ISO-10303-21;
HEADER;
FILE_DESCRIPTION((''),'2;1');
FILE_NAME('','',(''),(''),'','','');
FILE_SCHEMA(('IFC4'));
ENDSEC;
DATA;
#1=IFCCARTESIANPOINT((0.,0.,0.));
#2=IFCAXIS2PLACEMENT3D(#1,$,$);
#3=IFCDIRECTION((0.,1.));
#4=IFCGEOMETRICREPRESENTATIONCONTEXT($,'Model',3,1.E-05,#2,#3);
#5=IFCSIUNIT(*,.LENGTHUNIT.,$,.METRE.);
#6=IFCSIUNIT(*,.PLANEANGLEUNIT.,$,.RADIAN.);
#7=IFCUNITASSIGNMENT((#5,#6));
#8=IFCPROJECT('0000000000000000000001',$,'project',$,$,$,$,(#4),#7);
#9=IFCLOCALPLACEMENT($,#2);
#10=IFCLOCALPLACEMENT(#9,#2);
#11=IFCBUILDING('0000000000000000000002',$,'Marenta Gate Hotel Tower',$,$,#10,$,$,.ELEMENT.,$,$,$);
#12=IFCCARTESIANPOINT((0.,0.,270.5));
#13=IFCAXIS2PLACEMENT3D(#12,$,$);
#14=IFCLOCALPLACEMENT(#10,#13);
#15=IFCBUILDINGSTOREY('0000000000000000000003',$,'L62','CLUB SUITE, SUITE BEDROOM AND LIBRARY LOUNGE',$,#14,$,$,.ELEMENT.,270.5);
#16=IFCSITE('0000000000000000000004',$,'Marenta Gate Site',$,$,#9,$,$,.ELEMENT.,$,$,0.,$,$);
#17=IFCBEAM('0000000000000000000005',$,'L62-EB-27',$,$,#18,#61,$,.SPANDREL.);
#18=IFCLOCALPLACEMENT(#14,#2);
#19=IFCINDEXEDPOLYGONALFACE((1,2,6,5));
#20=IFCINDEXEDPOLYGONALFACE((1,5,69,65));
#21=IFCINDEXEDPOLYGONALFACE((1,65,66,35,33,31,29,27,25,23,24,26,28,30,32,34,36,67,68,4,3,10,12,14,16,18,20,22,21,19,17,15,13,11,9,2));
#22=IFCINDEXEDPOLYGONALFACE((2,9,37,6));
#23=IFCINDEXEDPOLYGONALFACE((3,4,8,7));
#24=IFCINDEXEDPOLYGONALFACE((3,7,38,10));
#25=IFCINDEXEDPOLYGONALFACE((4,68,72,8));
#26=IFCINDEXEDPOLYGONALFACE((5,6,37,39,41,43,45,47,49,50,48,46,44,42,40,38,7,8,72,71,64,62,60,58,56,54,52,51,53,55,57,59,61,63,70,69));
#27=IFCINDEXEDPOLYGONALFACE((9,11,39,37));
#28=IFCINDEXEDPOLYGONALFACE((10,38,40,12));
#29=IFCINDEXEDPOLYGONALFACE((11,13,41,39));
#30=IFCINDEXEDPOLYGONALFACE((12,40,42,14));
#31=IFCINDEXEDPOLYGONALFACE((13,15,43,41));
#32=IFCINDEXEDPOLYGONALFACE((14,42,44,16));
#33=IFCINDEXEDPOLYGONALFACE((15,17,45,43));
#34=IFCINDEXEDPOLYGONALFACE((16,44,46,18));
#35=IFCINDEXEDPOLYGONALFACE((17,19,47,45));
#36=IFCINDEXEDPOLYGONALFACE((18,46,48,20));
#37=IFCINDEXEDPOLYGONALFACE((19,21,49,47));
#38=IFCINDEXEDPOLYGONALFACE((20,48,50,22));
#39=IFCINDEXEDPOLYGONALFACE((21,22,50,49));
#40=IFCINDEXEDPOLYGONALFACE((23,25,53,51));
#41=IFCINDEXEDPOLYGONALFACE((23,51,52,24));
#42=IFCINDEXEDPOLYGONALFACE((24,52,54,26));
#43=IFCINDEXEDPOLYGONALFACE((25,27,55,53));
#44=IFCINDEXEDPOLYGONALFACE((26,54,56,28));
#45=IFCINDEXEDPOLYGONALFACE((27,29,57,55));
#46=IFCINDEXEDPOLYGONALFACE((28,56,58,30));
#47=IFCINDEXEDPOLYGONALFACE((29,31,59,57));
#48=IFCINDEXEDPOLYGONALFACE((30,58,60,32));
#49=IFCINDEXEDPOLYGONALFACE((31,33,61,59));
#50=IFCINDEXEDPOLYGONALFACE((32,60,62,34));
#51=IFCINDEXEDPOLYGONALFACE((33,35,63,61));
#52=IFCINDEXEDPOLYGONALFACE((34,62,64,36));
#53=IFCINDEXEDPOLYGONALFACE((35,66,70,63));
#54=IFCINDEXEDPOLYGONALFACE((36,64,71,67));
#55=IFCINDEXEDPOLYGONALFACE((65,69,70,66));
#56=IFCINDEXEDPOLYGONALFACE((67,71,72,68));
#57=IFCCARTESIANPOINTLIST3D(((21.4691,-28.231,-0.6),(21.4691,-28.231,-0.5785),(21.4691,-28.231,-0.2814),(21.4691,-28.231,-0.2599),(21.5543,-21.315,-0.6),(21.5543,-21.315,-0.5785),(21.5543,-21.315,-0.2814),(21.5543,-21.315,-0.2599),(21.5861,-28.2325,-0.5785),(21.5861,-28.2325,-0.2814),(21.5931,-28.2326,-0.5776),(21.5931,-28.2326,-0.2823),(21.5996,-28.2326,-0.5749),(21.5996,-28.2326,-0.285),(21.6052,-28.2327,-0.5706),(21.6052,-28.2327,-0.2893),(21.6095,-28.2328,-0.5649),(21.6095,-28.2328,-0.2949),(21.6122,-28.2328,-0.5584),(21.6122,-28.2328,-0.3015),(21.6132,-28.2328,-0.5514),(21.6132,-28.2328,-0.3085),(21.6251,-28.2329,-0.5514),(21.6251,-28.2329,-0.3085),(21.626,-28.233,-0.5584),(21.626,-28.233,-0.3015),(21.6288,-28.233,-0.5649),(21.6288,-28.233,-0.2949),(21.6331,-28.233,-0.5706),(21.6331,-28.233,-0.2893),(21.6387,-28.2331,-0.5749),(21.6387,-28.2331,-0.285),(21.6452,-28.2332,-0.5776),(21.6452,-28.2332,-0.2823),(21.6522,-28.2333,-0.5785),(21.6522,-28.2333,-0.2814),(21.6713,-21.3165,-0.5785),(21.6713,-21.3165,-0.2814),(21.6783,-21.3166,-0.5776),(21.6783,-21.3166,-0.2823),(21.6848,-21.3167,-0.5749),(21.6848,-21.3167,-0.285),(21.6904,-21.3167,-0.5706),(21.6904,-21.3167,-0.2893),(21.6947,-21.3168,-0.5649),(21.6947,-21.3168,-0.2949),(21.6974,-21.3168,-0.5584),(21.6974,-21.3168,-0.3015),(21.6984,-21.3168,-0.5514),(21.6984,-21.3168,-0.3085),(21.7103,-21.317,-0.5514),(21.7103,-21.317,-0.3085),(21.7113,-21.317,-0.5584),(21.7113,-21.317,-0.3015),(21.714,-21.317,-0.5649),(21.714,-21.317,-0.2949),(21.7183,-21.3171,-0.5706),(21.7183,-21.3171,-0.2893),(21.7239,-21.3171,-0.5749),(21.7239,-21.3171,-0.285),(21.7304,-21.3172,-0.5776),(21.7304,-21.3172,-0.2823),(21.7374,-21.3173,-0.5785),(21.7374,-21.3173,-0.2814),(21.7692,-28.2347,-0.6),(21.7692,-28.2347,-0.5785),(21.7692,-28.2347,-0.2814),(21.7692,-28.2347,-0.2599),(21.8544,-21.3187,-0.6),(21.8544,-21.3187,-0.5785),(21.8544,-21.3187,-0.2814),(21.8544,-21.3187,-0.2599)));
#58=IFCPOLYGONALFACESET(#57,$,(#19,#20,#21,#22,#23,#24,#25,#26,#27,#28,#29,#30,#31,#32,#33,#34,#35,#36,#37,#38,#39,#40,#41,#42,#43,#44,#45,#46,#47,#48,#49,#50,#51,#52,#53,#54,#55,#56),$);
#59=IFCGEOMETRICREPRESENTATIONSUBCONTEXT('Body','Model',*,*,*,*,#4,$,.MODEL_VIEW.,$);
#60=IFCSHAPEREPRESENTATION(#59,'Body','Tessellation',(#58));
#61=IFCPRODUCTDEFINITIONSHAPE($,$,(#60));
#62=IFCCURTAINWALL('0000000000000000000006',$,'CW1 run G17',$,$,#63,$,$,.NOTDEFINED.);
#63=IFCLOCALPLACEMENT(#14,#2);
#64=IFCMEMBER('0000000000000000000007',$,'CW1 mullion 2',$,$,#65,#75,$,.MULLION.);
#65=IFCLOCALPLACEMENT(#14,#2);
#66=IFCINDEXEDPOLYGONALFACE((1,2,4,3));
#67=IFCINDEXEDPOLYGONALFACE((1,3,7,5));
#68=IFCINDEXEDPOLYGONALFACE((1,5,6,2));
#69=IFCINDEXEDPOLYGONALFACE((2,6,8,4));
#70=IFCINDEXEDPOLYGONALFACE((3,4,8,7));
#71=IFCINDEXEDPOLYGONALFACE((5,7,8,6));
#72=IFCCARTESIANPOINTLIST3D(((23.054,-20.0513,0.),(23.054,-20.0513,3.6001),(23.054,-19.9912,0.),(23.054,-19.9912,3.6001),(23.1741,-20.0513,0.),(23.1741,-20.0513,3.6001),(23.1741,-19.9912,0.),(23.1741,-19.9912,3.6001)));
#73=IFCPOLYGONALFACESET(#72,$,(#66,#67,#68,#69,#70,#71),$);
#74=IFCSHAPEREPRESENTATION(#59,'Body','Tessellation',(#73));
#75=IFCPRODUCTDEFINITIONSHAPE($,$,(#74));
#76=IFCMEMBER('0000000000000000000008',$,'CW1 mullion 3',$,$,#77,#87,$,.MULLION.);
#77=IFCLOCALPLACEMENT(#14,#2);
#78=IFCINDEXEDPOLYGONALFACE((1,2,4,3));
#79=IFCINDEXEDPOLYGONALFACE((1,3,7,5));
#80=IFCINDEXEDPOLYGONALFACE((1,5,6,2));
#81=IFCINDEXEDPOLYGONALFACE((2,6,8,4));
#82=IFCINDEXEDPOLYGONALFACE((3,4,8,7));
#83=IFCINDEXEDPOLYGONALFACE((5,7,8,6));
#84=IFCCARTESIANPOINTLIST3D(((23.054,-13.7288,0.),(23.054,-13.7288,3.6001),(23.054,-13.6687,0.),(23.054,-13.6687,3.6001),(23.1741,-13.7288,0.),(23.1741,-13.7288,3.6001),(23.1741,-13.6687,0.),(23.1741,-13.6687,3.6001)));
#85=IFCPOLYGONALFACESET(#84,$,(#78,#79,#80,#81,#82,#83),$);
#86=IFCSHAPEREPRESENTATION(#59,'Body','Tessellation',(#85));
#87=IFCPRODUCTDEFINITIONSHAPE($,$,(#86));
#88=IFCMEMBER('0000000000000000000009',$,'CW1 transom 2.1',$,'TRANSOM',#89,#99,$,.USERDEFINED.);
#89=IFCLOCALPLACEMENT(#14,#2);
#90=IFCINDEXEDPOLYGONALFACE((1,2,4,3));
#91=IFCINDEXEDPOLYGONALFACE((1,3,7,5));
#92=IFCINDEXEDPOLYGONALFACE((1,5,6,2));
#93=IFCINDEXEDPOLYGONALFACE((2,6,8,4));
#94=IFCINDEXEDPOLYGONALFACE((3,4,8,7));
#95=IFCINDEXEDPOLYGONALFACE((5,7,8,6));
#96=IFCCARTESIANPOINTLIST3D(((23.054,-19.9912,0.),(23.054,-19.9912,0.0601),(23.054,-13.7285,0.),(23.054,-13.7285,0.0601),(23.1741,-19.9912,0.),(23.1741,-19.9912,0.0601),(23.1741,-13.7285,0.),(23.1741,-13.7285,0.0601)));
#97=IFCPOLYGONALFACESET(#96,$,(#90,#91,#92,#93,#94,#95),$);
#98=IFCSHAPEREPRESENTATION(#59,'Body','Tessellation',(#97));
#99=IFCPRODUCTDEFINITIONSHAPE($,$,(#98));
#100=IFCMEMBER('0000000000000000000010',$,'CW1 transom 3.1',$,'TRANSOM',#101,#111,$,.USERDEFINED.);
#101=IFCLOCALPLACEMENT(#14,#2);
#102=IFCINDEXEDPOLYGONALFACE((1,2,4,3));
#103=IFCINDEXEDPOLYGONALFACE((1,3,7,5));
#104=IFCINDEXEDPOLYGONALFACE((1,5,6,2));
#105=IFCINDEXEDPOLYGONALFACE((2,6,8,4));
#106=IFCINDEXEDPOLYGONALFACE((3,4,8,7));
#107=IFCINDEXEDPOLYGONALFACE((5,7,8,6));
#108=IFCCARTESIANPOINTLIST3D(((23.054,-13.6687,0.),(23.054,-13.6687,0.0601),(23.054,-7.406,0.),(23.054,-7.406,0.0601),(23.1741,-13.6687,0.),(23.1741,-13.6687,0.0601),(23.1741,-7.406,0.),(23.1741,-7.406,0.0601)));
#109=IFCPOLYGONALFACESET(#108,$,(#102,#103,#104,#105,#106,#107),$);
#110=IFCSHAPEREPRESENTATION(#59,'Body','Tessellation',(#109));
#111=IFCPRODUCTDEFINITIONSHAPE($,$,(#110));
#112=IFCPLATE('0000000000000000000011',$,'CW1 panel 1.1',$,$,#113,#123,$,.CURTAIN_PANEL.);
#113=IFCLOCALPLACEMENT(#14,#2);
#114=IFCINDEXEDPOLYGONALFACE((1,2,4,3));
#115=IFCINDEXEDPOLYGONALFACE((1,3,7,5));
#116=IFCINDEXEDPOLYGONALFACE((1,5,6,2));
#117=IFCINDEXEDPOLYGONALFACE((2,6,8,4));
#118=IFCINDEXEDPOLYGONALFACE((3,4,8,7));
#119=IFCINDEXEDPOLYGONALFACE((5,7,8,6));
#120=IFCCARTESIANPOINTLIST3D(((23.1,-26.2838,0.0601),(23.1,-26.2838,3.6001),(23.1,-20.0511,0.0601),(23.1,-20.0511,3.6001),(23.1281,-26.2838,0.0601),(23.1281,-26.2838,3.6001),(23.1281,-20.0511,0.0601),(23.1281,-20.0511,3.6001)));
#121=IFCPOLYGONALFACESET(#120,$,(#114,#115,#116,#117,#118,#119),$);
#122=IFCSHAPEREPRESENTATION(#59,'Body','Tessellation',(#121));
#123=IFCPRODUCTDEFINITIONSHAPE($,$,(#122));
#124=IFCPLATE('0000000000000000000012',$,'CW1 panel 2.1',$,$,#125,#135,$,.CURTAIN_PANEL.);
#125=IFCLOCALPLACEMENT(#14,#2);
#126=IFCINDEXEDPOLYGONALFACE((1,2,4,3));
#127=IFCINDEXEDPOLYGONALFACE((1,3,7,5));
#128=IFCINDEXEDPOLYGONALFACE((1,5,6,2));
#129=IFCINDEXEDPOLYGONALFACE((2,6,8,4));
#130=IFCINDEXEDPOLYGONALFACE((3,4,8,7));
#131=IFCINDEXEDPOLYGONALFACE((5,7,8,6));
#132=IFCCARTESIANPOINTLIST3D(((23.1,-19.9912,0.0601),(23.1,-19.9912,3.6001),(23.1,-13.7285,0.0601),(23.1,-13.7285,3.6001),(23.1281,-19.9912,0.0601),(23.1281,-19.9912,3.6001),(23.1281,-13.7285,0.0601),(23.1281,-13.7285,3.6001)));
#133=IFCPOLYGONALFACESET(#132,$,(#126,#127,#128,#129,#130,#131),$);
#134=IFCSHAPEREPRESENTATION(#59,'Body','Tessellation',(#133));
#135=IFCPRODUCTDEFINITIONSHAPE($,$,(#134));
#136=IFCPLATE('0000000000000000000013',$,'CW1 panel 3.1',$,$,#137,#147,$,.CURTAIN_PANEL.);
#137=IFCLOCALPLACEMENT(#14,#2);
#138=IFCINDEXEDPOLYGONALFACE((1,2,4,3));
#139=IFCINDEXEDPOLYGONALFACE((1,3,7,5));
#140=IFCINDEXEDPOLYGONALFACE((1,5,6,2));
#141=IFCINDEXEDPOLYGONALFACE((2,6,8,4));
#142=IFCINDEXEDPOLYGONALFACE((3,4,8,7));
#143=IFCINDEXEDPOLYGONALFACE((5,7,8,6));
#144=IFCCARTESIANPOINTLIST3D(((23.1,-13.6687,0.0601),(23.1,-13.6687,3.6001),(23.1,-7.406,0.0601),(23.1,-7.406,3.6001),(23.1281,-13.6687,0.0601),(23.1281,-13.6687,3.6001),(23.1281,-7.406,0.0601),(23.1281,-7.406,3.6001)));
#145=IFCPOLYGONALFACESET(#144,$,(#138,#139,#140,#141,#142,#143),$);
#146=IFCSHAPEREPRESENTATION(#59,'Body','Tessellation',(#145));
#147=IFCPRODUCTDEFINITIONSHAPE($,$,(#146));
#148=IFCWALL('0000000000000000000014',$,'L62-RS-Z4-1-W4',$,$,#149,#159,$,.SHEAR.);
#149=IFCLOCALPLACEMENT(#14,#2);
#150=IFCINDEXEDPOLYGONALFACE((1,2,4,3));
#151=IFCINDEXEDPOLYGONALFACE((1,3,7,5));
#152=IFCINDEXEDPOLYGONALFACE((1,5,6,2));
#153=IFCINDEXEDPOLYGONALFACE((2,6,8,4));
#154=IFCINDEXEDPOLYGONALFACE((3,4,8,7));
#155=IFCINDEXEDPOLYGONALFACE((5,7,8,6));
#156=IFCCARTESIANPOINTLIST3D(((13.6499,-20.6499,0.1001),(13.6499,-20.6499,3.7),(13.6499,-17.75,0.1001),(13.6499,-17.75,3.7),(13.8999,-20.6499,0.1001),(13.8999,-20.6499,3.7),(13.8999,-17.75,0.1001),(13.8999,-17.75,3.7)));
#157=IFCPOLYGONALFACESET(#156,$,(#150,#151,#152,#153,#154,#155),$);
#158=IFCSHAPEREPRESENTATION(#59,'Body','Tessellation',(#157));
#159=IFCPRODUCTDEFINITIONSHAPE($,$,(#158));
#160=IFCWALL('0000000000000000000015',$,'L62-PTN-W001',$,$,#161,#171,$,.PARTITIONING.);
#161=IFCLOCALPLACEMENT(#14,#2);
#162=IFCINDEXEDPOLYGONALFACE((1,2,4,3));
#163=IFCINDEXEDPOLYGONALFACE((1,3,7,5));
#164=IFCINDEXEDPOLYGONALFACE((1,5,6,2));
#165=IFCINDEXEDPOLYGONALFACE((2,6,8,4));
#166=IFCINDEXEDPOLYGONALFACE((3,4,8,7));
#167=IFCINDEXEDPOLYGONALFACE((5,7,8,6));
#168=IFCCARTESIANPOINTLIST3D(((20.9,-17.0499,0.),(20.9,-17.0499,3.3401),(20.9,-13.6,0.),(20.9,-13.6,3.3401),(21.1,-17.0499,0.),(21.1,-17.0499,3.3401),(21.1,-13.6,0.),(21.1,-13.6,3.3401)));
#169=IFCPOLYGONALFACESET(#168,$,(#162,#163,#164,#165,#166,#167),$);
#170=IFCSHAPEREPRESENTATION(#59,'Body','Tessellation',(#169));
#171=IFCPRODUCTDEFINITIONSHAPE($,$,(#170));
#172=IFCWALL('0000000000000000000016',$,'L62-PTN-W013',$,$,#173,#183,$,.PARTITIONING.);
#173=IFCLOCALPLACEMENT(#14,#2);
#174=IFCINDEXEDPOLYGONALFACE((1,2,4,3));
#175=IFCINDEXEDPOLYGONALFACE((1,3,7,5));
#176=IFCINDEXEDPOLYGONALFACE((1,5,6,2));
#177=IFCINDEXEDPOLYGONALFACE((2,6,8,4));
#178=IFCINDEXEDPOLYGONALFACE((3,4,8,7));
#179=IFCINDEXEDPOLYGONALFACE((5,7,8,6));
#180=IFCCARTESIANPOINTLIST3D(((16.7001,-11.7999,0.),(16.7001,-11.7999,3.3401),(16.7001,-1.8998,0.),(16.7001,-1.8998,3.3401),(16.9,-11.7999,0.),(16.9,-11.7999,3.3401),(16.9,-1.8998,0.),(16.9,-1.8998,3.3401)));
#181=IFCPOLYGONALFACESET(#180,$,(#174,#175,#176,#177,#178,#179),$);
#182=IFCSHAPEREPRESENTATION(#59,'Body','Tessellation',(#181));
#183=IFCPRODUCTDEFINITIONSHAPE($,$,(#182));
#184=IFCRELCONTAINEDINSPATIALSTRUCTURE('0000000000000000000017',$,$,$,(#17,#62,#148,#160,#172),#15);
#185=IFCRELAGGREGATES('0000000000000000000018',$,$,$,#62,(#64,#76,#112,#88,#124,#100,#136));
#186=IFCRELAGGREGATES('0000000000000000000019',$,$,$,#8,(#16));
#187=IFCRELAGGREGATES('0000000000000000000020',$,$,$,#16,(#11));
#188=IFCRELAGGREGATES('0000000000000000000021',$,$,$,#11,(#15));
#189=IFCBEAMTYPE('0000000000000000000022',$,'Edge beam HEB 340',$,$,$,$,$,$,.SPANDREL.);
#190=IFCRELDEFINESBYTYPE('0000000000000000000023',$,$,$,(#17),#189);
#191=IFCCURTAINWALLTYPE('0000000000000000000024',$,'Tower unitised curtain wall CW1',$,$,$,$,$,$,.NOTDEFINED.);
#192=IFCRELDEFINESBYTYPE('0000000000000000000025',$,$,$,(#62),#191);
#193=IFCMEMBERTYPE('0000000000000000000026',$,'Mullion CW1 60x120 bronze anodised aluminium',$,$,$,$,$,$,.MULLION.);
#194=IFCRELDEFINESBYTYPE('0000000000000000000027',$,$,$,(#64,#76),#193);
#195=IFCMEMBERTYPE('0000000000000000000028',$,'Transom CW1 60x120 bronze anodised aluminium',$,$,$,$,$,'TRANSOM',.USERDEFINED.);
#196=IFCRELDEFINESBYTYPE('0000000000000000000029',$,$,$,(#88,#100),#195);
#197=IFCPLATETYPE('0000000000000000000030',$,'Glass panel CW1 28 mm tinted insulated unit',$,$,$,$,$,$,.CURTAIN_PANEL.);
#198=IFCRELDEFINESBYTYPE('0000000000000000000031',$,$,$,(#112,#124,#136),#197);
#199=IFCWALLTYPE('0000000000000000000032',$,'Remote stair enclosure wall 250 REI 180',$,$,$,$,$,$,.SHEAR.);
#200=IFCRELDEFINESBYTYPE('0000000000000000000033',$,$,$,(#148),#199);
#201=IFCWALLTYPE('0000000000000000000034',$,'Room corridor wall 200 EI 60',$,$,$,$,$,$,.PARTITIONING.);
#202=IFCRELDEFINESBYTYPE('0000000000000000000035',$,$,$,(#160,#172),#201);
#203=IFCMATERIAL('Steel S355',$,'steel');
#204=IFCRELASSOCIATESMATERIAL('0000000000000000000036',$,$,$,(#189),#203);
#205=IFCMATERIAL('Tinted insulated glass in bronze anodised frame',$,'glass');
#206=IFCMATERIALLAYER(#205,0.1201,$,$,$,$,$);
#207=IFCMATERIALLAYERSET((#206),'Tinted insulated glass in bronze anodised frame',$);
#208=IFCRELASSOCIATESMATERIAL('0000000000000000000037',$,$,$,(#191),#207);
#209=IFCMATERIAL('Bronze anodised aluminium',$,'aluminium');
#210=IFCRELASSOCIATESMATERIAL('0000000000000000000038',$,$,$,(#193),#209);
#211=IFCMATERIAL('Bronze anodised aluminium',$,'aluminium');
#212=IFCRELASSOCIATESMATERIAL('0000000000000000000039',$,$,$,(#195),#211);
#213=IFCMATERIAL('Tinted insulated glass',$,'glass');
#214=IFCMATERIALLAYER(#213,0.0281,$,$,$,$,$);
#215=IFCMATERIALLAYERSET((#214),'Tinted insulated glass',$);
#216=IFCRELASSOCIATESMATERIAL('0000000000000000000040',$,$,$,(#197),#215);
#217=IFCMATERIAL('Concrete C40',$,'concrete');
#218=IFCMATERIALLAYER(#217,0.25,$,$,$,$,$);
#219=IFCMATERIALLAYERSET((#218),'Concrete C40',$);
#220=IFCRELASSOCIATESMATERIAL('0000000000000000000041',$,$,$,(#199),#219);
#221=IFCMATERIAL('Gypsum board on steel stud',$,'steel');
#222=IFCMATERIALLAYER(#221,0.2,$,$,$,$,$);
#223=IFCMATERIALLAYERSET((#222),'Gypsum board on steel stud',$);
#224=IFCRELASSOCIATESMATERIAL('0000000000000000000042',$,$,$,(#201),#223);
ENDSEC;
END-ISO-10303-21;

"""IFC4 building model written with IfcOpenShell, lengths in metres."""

from ifc_helpers import new_model, si_unit, direction, frame, frame_2d, origin, origin_2d, place, context, subcontext, project, spatial, rectangle, i_section, extrude, material, layer, layer_set, material_profile, profile_set, type_object, element, aggregate, save


model = new_model("IFC4")

# Units and contexts
model_context = context("Model", 3, precision=1e-05, world=origin(), true_north=direction((0.0, 1.0)))
body_context = subcontext(model_context, "Body", "Model", "MODEL_VIEW")
ifc_project = project(units=[si_unit("LENGTHUNIT", "METRE"), si_unit("PLANEANGLEUNIT", "RADIAN")], contexts=[model_context])

# Site, building, storey
site_placement = place(None, origin())
site = spatial("IfcSite", under=ifc_project, at=site_placement, Name="Marenta Gate Site", CompositionType="ELEMENT", RefElevation=0.0)
building_placement = place(site_placement, origin())
building = spatial("IfcBuilding", under=site, at=building_placement, Name="Marenta Gate Hotel Tower", CompositionType="ELEMENT")
storey_placement = place(building_placement, frame((0.0, 0.0, 270.5)))
storey = spatial("IfcBuildingStorey", under=building, at=storey_placement, Name="L62", Description="CLUB SUITE, SUITE BEDROOM AND LIBRARY LOUNGE", CompositionType="ELEMENT", Elevation=270.5)

# Beam
ifc_material_1 = material(Name="Steel S355", Category="steel")
ifc_material_profile_1 = material_profile(ifc_material_1, i_section(OverallWidth=0.3, OverallDepth=0.3401, WebThickness=0.012, FlangeThickness=0.0215, FilletRadius=0.0271, at=origin_2d()), Name="HEB 340")
ifc_profile_set_1 = profile_set([ifc_material_profile_1], Name="Steel S355")
beam_type = type_object("IfcBeamType", Name="Edge beam HEB 340", PredefinedType="SPANDREL", material=ifc_profile_set_1)
for number, where, z_axis, x_axis, name in (
    (1, (21.7043, -21.3169, -0.4299), (-0.012319, -0.999924, 0.0), (0.999924, -0.012319, 0.0), "L62-EB-27"),
):
    element("IfcBeam", number, at=place(storey_placement, frame(where, z_axis=z_axis, x_axis=x_axis)), inside=storey, type_object=beam_type, Name=name, PredefinedType="SPANDREL", context=body_context, shape_type="SweptSolid", body=[
        extrude(i_section(OverallWidth=0.3, OverallDepth=0.3401, WebThickness=0.012, FlangeThickness=0.0215, FilletRadius=0.0271, at=origin_2d()), origin(), (0.0, 0.0, 1.0), 6.9165),
    ])

# Curtain wall, members, plates
ifc_material_2 = material(Name="Tinted insulated glass in bronze anodised frame", Category="glass")
ifc_layer_1 = layer(ifc_material_2, 0.1201)
ifc_layer_set_1 = layer_set([ifc_layer_1], Name="Tinted insulated glass in bronze anodised frame")
curtain_wall_type = type_object("IfcCurtainWallType", Name="Tower unitised curtain wall CW1", PredefinedType="NOTDEFINED", material=ifc_layer_set_1)
curtain_wall_placement = place(storey_placement, origin())
curtain_wall = element("IfcCurtainWall", 2, at=curtain_wall_placement, inside=storey, type_object=curtain_wall_type, Name="CW1 run G17", PredefinedType="NOTDEFINED")
ifc_material_3 = material(Name="Bronze anodised aluminium", Category="aluminium")
ifc_material_profile_2 = material_profile(ifc_material_3, rectangle(XDim=0.1201, YDim=0.0601, at=origin_2d()), Name="Mullion CW1 60x120 bronze anodised aluminium")
ifc_profile_set_2 = profile_set([ifc_material_profile_2], Name="Bronze anodised aluminium")
member_type_1 = type_object("IfcMemberType", Name="Mullion CW1 60x120 bronze anodised aluminium", PredefinedType="MULLION", material=ifc_profile_set_2)
member_1_placement = place(storey_placement, frame((23.114, -20.0212, 0.0), z_axis=(0.0, 0.0, 1.0), x_axis=(-1.0, 0.0, 0.0)))
member_1 = element("IfcMember", 3, at=member_1_placement, type_object=member_type_1, Name="CW1 mullion 2", PredefinedType="MULLION", context=body_context, shape_type="SweptSolid", body=[
    extrude(rectangle(XDim=0.1201, YDim=0.0601, at=origin_2d()), origin(), (0.0, 0.0, 1.0), 3.6001),
])
member_2_placement = place(storey_placement, frame((23.114, -13.6987, 0.0), z_axis=(0.0, 0.0, 1.0), x_axis=(-1.0, 0.0, 0.0)))
member_2 = element("IfcMember", 4, at=member_2_placement, type_object=member_type_1, Name="CW1 mullion 3", PredefinedType="MULLION", context=body_context, shape_type="SweptSolid", body=[
    extrude(rectangle(XDim=0.1201, YDim=0.0601, at=origin_2d()), origin(), (0.0, 0.0, 1.0), 3.6001),
])
ifc_material_4 = material(Name="Bronze anodised aluminium", Category="aluminium")
ifc_material_profile_3 = material_profile(ifc_material_4, rectangle(XDim=0.1201, YDim=0.0601, at=origin_2d()), Name="Transom CW1 60x120 bronze anodised aluminium")
ifc_profile_set_3 = profile_set([ifc_material_profile_3], Name="Bronze anodised aluminium")
member_type_2 = type_object("IfcMemberType", Name="Transom CW1 60x120 bronze anodised aluminium", ElementType="TRANSOM", PredefinedType="USERDEFINED", material=ifc_profile_set_3)
member_3_placement = place(storey_placement, frame((23.114, -19.9912, 0.03), z_axis=(0.0, 1.0, 0.0), x_axis=(-1.0, 0.0, 0.0)))
member_3 = element("IfcMember", 5, at=member_3_placement, type_object=member_type_2, Name="CW1 transom 2.1", ObjectType="TRANSOM", PredefinedType="USERDEFINED", context=body_context, shape_type="SweptSolid", body=[
    extrude(rectangle(XDim=0.1201, YDim=0.0601, at=origin_2d()), origin(), (0.0, 0.0, 1.0), 6.2627),
])
member_4_placement = place(storey_placement, frame((23.114, -13.6687, 0.03), z_axis=(0.0, 1.0, 0.0), x_axis=(-1.0, 0.0, 0.0)))
member_4 = element("IfcMember", 6, at=member_4_placement, type_object=member_type_2, Name="CW1 transom 3.1", ObjectType="TRANSOM", PredefinedType="USERDEFINED", context=body_context, shape_type="SweptSolid", body=[
    extrude(rectangle(XDim=0.1201, YDim=0.0601, at=origin_2d()), origin(), (0.0, 0.0, 1.0), 6.2627),
])
ifc_material_5 = material(Name="Tinted insulated glass", Category="glass")
ifc_layer_2 = layer(ifc_material_5, 0.0281)
ifc_layer_set_2 = layer_set([ifc_layer_2], Name="Tinted insulated glass")
plate_type = type_object("IfcPlateType", Name="Glass panel CW1 28 mm tinted insulated unit", PredefinedType="CURTAIN_PANEL", material=ifc_layer_set_2)
plate_1_placement = place(storey_placement, frame((23.114, -23.1675, 0.0601), z_axis=(0.0, 0.0, 1.0), x_axis=(0.0, 1.0, 0.0)))
plate_1 = element("IfcPlate", 7, at=plate_1_placement, type_object=plate_type, Name="CW1 panel 1.1", PredefinedType="CURTAIN_PANEL", context=body_context, shape_type="SweptSolid", body=[
    extrude(rectangle(XDim=6.2327, YDim=0.0281, at=origin_2d()), origin(), (0.0, 0.0, 1.0), 3.54),
])
plate_2_placement = place(storey_placement, frame((23.114, -16.8599, 0.0601), z_axis=(0.0, 0.0, 1.0), x_axis=(0.0, 1.0, 0.0)))
plate_2 = element("IfcPlate", 8, at=plate_2_placement, type_object=plate_type, Name="CW1 panel 2.1", PredefinedType="CURTAIN_PANEL", context=body_context, shape_type="SweptSolid", body=[
    extrude(rectangle(XDim=6.2627, YDim=0.0281, at=origin_2d()), origin(), (0.0, 0.0, 1.0), 3.54),
])
plate_3_placement = place(storey_placement, frame((23.114, -10.5374, 0.0601), z_axis=(0.0, 0.0, 1.0), x_axis=(0.0, 1.0, 0.0)))
plate_3 = element("IfcPlate", 9, at=plate_3_placement, type_object=plate_type, Name="CW1 panel 3.1", PredefinedType="CURTAIN_PANEL", context=body_context, shape_type="SweptSolid", body=[
    extrude(rectangle(XDim=6.2627, YDim=0.0281, at=origin_2d()), origin(), (0.0, 0.0, 1.0), 3.54),
])
aggregate(curtain_wall, [member_1, member_2, plate_1, member_3, plate_2, member_4, plate_3])

# Walls
ifc_material_6 = material(Name="Concrete C40", Category="concrete")
ifc_layer_3 = layer(ifc_material_6, 0.25)
ifc_layer_set_3 = layer_set([ifc_layer_3], Name="Concrete C40")
wall_type_1 = type_object("IfcWallType", Name="Remote stair enclosure wall 250 REI 180", PredefinedType="SHEAR", material=ifc_layer_set_3)
wall_1_placement = place(storey_placement, frame((13.7749, -20.6499, 0.1001), z_axis=(0.0, 0.0, 1.0), x_axis=(0.0, 1.0, 0.0)))
element("IfcWall", 10, at=wall_1_placement, inside=storey, type_object=wall_type_1, Name="L62-RS-Z4-1-W4", PredefinedType="SHEAR", context=body_context, shape_type="SweptSolid", body=[
    extrude(rectangle(XDim=2.8999, YDim=0.25, at=frame_2d((1.45, 0.0))), origin(), (0.0, 0.0, 1.0), 3.5999),
])
ifc_material_7 = material(Name="Gypsum board on steel stud", Category="steel")
ifc_layer_4 = layer(ifc_material_7, 0.2)
ifc_layer_set_4 = layer_set([ifc_layer_4], Name="Gypsum board on steel stud")
wall_type_2 = type_object("IfcWallType", Name="Room corridor wall 200 EI 60", PredefinedType="PARTITIONING", material=ifc_layer_set_4)
wall_2_placement = place(storey_placement, frame((21.0, -17.05, 0.0), z_axis=(0.0, 0.0, 1.0), x_axis=(0.0, 1.0, 0.0)))
element("IfcWall", 11, at=wall_2_placement, inside=storey, type_object=wall_type_2, Name="L62-PTN-W001", PredefinedType="PARTITIONING", context=body_context, shape_type="SweptSolid", body=[
    extrude(rectangle(XDim=3.45, YDim=0.2, at=frame_2d((1.7251, 0.0))), origin(), (0.0, 0.0, 1.0), 3.3401),
])

# Wall
wall_3_placement = place(storey_placement, frame((16.8, -11.8, 0.0), z_axis=(0.0, 0.0, 1.0), x_axis=(0.0, 1.0, 0.0)))
element("IfcWall", 12, at=wall_3_placement, inside=storey, type_object=wall_type_2, Name="L62-PTN-W013", PredefinedType="PARTITIONING", context=body_context, shape_type="SweptSolid", body=[
    extrude(rectangle(XDim=9.9001, YDim=0.2, at=frame_2d((4.9502, 0.0))), origin(), (0.0, 0.0, 1.0), 3.3401),
])

save(model, "model.ifc")
